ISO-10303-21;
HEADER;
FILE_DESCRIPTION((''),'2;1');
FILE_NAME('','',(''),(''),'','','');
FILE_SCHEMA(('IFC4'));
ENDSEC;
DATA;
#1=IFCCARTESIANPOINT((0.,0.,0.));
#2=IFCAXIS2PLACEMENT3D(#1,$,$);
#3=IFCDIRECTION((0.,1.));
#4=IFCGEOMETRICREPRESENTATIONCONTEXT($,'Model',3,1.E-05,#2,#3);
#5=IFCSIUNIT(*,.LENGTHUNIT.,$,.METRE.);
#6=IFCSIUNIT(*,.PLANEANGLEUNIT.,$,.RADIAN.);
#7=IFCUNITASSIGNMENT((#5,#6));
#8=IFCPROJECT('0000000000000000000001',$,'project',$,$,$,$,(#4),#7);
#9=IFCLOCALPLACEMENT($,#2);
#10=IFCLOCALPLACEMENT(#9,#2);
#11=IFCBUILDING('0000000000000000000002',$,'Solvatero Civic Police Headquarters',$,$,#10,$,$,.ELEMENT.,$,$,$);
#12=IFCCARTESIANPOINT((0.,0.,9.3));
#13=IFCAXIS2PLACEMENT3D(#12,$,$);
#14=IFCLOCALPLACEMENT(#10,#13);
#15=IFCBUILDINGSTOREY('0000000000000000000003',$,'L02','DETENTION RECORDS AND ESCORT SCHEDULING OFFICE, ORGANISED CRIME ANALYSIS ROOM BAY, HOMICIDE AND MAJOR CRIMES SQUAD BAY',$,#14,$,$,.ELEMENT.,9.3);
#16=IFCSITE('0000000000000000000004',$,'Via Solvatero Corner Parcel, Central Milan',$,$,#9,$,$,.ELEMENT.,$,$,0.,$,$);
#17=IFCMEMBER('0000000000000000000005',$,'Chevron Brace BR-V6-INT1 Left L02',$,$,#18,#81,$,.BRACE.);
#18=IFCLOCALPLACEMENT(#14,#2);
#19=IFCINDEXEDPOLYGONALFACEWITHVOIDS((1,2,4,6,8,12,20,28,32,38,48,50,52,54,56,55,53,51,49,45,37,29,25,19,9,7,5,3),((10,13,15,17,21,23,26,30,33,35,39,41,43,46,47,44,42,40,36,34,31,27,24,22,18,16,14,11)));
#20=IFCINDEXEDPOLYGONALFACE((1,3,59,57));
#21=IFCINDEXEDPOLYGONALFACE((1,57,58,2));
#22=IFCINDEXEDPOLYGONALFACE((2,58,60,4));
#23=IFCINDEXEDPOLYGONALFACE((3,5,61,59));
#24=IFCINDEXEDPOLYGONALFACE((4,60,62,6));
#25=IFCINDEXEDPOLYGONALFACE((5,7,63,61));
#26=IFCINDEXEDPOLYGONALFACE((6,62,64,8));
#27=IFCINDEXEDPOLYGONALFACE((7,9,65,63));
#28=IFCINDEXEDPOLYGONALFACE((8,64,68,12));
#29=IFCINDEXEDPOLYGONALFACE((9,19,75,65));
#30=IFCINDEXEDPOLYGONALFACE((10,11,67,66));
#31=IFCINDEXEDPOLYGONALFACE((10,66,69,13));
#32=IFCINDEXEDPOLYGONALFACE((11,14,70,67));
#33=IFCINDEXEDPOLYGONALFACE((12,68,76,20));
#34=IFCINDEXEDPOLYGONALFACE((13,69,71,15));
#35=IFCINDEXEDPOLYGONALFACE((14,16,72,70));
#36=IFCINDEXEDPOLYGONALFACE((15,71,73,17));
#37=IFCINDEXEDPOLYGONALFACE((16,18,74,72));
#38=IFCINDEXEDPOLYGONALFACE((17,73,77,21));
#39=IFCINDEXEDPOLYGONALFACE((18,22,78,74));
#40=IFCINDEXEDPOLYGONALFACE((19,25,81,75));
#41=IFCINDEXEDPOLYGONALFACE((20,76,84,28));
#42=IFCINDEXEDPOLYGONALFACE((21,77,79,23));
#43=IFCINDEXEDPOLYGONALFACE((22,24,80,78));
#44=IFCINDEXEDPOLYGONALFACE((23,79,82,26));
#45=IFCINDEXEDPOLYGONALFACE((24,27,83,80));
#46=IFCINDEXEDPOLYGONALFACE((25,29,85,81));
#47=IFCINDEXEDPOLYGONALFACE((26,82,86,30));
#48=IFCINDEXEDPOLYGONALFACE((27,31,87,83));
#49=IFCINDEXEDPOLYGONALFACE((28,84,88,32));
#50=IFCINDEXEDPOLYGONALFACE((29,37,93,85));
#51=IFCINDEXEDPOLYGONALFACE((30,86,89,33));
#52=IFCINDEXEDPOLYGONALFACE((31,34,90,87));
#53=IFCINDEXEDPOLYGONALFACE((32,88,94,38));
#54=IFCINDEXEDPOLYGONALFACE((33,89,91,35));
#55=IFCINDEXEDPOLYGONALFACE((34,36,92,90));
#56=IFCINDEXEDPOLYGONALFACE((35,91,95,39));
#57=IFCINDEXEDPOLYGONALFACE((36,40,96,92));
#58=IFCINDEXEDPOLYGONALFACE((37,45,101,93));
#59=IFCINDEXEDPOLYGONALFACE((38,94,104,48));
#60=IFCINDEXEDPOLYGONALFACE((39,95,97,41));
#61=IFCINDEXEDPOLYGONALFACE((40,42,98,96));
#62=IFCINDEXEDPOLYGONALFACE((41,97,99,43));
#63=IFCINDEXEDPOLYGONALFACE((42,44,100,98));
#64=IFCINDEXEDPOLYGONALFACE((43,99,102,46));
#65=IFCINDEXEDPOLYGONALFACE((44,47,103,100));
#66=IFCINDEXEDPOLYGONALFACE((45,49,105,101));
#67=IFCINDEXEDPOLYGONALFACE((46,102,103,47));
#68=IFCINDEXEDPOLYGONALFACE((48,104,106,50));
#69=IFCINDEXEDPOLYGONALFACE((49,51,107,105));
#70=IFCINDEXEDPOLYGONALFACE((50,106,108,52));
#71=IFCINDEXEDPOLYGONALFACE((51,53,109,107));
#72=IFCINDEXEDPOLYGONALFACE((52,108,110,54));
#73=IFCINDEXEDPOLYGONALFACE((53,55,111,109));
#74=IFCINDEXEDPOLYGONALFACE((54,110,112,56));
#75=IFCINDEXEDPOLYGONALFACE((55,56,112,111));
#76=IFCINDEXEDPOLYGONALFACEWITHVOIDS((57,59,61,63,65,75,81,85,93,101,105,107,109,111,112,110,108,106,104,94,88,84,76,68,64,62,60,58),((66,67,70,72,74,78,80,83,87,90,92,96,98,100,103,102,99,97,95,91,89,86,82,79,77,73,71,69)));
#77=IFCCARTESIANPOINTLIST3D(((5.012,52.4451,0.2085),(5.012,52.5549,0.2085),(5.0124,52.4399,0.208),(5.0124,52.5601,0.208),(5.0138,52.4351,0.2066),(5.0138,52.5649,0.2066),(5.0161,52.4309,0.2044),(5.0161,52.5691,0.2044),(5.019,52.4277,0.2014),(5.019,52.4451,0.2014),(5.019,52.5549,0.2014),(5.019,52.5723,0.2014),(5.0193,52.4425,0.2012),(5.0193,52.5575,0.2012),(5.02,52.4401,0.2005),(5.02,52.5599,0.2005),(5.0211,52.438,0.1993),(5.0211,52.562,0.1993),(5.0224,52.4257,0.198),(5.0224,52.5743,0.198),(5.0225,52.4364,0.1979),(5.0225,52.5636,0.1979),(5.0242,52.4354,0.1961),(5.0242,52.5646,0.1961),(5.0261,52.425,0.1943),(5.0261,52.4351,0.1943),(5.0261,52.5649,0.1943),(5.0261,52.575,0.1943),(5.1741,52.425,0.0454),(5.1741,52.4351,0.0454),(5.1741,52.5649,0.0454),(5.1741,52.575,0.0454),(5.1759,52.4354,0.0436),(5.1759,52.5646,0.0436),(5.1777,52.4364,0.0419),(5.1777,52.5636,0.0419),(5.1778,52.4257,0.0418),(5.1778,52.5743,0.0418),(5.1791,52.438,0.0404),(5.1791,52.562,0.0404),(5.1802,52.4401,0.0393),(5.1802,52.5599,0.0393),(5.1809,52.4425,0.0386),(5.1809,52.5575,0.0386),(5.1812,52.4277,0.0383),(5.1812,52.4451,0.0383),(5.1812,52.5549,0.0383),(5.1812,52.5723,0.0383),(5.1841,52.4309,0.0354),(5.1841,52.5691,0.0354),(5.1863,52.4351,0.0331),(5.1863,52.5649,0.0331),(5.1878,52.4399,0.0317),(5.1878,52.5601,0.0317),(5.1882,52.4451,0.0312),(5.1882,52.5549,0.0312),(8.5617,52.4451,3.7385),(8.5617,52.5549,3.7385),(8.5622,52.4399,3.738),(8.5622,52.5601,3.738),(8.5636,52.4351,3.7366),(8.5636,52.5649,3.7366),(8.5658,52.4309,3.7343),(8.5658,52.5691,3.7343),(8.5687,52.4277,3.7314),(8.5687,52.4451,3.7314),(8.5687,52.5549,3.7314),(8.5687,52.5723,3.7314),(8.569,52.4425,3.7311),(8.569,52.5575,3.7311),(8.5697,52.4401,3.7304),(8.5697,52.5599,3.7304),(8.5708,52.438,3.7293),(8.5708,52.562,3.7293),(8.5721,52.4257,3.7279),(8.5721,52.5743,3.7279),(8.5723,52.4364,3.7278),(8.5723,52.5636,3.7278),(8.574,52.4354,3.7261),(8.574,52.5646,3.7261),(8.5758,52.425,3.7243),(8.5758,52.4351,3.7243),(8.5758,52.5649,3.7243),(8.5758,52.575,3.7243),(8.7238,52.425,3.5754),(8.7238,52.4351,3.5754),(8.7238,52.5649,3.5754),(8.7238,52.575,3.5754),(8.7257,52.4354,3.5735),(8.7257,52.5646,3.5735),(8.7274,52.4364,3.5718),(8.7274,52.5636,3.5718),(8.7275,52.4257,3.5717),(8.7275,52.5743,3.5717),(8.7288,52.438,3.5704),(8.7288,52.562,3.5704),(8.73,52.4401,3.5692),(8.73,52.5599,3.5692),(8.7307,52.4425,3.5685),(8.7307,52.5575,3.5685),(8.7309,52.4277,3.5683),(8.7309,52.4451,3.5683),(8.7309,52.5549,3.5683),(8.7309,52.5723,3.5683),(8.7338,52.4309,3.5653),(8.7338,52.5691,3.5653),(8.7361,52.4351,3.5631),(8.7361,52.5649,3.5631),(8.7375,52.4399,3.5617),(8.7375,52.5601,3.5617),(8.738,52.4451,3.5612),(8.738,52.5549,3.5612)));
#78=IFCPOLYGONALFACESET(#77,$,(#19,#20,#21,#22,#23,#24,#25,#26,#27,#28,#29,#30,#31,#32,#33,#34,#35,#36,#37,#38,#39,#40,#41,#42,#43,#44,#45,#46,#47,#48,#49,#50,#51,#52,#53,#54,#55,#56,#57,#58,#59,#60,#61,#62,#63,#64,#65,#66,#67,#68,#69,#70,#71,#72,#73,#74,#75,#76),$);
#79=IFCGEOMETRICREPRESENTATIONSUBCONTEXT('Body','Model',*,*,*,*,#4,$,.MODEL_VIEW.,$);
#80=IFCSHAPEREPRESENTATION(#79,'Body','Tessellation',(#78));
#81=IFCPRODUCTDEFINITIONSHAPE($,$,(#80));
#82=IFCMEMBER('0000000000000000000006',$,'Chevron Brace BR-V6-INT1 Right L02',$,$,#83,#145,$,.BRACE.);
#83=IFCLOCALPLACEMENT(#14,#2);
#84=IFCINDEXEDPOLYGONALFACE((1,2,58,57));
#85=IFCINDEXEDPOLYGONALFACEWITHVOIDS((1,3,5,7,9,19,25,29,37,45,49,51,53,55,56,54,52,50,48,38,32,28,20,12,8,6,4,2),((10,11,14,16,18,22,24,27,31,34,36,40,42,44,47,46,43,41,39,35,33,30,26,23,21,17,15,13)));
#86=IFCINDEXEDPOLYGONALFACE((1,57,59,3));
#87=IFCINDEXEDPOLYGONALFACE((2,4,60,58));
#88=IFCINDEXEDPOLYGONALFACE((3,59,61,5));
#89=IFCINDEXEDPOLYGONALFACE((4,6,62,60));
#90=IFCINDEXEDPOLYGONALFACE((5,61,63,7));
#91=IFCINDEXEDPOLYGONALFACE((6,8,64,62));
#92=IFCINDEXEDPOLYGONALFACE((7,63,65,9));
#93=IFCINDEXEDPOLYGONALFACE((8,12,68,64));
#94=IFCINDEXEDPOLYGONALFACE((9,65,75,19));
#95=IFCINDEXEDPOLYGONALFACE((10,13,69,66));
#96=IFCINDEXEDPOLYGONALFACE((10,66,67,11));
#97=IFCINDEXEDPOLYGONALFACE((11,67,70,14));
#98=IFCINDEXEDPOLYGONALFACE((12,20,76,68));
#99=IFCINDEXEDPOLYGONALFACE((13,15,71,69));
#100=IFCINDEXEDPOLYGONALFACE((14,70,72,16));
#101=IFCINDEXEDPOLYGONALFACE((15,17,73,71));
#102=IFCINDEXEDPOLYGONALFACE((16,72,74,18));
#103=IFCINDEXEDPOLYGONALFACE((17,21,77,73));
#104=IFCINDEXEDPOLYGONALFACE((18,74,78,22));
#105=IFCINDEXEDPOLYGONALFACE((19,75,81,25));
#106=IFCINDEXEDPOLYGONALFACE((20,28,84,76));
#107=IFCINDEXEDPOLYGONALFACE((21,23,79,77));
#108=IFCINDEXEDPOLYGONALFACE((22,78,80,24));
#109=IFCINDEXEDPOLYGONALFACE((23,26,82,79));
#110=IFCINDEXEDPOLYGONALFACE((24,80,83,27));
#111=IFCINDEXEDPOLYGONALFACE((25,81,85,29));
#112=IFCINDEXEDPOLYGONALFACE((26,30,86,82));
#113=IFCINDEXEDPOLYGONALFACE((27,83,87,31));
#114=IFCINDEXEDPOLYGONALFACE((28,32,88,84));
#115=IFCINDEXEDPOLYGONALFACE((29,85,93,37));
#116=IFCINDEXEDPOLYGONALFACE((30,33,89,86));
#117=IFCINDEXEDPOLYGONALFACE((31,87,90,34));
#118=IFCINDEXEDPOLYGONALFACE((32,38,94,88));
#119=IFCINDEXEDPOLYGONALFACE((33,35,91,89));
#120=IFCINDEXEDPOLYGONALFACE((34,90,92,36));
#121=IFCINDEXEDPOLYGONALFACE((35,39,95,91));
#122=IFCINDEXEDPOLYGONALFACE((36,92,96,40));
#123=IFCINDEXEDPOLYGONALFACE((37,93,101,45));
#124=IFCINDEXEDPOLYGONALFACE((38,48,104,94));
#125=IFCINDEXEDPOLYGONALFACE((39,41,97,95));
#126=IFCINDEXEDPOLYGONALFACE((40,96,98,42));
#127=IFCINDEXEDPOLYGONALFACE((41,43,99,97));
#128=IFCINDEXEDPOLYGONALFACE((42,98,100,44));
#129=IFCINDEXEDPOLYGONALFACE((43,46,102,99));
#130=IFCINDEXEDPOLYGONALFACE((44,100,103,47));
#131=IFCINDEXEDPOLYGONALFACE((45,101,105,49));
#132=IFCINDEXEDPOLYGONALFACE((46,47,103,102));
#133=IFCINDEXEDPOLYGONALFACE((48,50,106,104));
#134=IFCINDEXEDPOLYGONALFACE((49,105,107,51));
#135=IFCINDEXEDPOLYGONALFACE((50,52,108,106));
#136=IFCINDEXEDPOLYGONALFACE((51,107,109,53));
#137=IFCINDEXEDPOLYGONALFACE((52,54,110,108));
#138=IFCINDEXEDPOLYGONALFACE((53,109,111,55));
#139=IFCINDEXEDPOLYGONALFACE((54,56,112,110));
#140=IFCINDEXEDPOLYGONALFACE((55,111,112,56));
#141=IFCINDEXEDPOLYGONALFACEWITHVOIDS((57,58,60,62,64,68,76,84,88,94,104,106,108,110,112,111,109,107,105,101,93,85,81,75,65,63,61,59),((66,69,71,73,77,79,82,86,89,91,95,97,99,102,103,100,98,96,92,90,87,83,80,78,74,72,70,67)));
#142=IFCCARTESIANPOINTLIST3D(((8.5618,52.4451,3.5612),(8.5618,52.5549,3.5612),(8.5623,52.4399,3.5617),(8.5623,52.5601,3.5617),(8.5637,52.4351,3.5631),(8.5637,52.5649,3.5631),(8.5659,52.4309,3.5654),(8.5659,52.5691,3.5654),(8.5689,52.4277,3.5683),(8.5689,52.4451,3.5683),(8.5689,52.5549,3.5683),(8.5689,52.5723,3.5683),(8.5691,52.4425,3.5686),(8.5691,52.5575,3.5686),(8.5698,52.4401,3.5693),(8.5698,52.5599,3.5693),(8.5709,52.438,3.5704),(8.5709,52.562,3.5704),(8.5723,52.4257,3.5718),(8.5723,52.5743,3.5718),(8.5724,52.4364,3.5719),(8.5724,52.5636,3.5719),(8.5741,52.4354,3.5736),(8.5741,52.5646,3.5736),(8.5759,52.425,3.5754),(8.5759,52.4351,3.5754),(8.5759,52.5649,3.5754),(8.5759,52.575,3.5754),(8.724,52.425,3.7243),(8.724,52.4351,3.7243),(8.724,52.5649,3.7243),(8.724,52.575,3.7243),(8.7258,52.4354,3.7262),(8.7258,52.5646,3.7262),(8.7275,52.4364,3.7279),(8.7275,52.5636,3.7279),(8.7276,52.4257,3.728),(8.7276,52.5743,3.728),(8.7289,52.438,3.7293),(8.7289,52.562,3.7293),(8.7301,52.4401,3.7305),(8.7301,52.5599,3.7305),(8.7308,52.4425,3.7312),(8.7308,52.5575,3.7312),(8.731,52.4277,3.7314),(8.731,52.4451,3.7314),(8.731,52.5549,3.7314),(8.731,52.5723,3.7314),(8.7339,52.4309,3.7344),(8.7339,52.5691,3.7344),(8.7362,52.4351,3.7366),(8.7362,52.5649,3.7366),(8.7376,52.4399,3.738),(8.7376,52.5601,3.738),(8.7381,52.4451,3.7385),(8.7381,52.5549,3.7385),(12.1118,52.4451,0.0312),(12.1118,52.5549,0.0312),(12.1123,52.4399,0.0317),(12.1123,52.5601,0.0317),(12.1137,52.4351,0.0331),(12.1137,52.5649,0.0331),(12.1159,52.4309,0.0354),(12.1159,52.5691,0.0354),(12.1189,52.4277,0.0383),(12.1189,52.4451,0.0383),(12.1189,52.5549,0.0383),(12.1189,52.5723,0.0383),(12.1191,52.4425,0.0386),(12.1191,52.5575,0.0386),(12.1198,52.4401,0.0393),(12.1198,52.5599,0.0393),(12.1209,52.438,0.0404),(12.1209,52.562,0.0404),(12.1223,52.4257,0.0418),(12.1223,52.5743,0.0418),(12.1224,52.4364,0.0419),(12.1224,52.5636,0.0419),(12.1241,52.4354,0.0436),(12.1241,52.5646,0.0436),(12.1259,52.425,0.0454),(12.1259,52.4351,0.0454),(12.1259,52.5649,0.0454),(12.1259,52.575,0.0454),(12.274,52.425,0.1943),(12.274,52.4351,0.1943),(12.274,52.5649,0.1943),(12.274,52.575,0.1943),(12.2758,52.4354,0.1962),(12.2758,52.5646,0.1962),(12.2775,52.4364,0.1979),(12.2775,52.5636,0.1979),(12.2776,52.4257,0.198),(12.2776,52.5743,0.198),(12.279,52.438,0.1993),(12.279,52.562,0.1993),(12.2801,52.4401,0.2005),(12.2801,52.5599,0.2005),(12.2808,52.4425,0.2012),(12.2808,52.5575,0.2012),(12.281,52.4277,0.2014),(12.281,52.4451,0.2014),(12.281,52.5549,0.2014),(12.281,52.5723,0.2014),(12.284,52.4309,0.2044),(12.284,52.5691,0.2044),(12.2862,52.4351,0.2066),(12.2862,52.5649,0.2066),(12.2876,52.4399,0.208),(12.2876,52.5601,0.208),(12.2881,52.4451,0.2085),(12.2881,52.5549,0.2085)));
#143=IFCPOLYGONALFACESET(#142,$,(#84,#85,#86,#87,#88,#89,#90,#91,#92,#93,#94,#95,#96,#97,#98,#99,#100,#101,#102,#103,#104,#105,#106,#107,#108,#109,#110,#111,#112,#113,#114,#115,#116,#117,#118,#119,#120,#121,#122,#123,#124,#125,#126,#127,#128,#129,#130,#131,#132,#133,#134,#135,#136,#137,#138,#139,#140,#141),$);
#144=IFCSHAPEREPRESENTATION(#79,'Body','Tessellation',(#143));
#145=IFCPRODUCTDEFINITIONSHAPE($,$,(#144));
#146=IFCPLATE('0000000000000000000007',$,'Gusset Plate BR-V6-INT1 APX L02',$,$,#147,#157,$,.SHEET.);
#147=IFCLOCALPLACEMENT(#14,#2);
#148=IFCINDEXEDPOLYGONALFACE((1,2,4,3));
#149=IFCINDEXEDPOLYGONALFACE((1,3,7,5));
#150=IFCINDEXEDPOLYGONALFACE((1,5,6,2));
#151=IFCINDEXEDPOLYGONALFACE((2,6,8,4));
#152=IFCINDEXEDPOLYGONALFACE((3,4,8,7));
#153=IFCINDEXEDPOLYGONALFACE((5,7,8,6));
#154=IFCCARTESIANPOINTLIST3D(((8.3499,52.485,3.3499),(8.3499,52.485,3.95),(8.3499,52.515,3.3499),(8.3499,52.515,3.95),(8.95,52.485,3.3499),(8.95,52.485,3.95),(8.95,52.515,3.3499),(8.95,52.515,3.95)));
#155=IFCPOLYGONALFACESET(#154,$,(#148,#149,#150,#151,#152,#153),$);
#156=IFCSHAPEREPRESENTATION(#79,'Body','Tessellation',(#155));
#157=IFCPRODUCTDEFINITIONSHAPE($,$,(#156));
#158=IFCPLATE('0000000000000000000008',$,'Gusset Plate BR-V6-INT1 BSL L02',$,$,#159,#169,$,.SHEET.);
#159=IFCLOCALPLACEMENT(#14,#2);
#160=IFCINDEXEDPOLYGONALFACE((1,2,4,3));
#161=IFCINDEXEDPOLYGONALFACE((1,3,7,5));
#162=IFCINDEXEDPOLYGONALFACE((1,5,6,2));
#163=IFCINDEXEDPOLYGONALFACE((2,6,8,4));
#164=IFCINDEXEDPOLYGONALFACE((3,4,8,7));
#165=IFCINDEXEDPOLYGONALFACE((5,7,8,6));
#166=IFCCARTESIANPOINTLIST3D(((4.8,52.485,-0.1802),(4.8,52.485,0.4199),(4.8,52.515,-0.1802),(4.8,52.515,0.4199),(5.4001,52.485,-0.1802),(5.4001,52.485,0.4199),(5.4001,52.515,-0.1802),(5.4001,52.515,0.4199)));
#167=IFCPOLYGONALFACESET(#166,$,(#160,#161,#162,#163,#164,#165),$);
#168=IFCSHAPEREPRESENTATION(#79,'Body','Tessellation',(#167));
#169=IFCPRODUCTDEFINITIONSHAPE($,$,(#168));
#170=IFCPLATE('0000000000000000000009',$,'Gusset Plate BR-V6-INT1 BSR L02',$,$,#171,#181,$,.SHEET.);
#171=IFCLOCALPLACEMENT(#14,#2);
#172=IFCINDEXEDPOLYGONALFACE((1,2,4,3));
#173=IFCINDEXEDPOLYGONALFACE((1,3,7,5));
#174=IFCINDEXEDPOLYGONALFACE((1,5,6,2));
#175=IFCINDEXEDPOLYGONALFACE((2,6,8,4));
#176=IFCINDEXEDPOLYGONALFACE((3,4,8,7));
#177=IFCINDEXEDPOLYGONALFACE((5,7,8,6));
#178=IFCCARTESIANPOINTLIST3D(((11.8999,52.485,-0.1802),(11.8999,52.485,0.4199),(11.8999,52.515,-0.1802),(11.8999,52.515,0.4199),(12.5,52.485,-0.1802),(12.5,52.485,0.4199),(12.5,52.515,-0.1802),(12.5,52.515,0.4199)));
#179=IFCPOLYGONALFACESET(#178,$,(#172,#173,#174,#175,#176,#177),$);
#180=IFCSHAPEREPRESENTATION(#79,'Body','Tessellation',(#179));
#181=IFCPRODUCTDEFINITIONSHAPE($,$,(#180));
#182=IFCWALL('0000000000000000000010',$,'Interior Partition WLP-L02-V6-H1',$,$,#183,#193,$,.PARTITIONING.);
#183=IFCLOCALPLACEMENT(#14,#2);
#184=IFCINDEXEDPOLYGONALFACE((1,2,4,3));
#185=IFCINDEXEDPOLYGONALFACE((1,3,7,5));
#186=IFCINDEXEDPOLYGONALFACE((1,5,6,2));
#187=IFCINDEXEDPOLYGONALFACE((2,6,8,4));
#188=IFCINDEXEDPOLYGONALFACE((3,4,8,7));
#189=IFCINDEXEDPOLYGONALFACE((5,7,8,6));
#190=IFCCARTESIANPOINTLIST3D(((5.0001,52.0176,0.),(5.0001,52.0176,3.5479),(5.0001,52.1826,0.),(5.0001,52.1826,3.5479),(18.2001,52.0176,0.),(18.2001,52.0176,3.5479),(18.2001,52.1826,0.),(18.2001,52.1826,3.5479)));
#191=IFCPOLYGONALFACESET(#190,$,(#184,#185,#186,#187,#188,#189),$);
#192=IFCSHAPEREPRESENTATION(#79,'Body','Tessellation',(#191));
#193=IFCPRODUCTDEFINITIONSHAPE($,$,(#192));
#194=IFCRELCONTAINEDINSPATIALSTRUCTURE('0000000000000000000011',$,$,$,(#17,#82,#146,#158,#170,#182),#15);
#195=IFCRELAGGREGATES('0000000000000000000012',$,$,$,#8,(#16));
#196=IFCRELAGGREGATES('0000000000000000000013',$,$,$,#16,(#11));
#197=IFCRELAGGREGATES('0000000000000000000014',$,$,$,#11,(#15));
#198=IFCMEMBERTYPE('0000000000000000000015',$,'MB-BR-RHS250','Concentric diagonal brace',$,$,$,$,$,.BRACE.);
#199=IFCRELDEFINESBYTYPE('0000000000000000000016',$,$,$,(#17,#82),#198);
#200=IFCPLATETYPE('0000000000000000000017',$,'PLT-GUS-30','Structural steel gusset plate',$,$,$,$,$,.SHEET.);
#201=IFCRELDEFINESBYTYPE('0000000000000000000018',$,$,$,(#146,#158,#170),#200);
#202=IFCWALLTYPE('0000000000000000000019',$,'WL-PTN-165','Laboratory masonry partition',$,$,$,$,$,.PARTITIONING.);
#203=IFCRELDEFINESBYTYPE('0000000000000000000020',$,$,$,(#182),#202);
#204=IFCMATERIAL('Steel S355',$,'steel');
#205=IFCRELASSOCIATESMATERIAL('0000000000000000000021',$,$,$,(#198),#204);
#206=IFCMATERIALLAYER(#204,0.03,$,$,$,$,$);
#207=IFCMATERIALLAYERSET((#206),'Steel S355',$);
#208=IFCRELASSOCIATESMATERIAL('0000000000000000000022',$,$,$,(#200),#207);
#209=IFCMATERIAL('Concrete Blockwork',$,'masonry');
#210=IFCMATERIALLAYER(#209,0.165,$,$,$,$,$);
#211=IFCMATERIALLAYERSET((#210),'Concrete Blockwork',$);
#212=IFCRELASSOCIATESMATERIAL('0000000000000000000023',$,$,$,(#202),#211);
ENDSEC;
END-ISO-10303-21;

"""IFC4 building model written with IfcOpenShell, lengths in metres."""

from ifc_helpers import new_model, si_unit, direction, frame, frame_2d, origin, origin_2d, place, context, subcontext, project, spatial, rectangle, hollow_rectangle, extrude, material, layer, layer_set, material_profile, profile_set, type_object, element, save


model = new_model("IFC4")

# Units and contexts
model_context = context("Model", 3, precision=1e-05, world=origin(), true_north=direction((0.0, 1.0)))
body_context = subcontext(model_context, "Body", "Model", "MODEL_VIEW")
ifc_project = project(units=[si_unit("LENGTHUNIT", "METRE"), si_unit("PLANEANGLEUNIT", "RADIAN")], contexts=[model_context])

# Site, building, storey
site_placement = place(None, origin())
site = spatial("IfcSite", under=ifc_project, at=site_placement, Name="Via Solvatero Corner Parcel, Central Milan", CompositionType="ELEMENT", RefElevation=0.0)
building_placement = place(site_placement, origin())
building = spatial("IfcBuilding", under=site, at=building_placement, Name="Solvatero Civic Police Headquarters", CompositionType="ELEMENT")
storey_placement = place(building_placement, frame((0.0, 0.0, 9.3)))
storey = spatial("IfcBuildingStorey", under=building, at=storey_placement, Name="L02", Description="DETENTION RECORDS AND ESCORT SCHEDULING OFFICE, ORGANISED CRIME ANALYSIS ROOM BAY, HOMICIDE AND MAJOR CRIMES SQUAD BAY", CompositionType="ELEMENT", Elevation=9.3)

# Shared definitions
ifc_material_1 = material(Name="Steel S355", Category="steel")

# Members
ifc_material_profile_1 = material_profile(ifc_material_1, hollow_rectangle(XDim=0.1499, YDim=0.25, WallThickness=0.01, InnerFilletRadius=0.01, OuterFilletRadius=0.02, at=origin_2d()), Name="RHS 250x150x10.0")
ifc_profile_set_1 = profile_set([ifc_material_profile_1], Name="Steel S355")
member_type = type_object("IfcMemberType", Name="MB-BR-RHS250", Description="Concentric diagonal brace", PredefinedType="BRACE", material=ifc_profile_set_1)
member_1_placement = place(storey_placement, frame((5.1001, 52.5, 0.1199), z_axis=(0.709079, 0.0, 0.705129), x_axis=(0.0, 1.0, 0.0)))
element("IfcMember", 1, at=member_1_placement, inside=storey, type_object=member_type, Name="Chevron Brace BR-V6-INT1 Left L02", PredefinedType="BRACE", context=body_context, shape_type="SweptSolid", body=[
    extrude(hollow_rectangle(XDim=0.1499, YDim=0.25, WallThickness=0.01, InnerFilletRadius=0.01, OuterFilletRadius=0.02, at=origin_2d()), origin(), (0.0, 0.0, 1.0), 5.0061),
])
member_2_placement = place(storey_placement, frame((12.2, 52.5, 0.1199), z_axis=(-0.709103, 0.0, 0.705105), x_axis=(0.0, -1.0, 0.0)))
element("IfcMember", 2, at=member_2_placement, inside=storey, type_object=member_type, Name="Chevron Brace BR-V6-INT1 Right L02", PredefinedType="BRACE", context=body_context, shape_type="SweptSolid", body=[
    extrude(hollow_rectangle(XDim=0.1499, YDim=0.25, WallThickness=0.01, InnerFilletRadius=0.01, OuterFilletRadius=0.02, at=origin_2d()), origin(), (0.0, 0.0, 1.0), 5.0063),
])

# Plates
ifc_layer_1 = layer(ifc_material_1, 0.03)
ifc_layer_set_1 = layer_set([ifc_layer_1], Name="Steel S355")
plate_type = type_object("IfcPlateType", Name="PLT-GUS-30", Description="Structural steel gusset plate", PredefinedType="SHEET", material=ifc_layer_set_1)
for number, where, z_axis, x_axis, name in (
    (3, (8.6499, 52.5, 3.3499), (0.0, 0.0, 1.0), (1.0, 0.0, 0.0), "Gusset Plate BR-V6-INT1 APX L02"),
    (4, (5.1001, 52.5, -0.1802), (0.0, 0.0, 1.0), (1.0, 0.0, 0.0), "Gusset Plate BR-V6-INT1 BSL L02"),
    (5, (12.2, 52.5, -0.1802), (0.0, 0.0, 1.0), (1.0, 0.0, 0.0), "Gusset Plate BR-V6-INT1 BSR L02"),
):
    element("IfcPlate", number, at=place(storey_placement, frame(where, z_axis=z_axis, x_axis=x_axis)), inside=storey, type_object=plate_type, Name=name, PredefinedType="SHEET", context=body_context, shape_type="SweptSolid", body=[
        extrude(rectangle(XDim=0.6001, YDim=0.03, at=origin_2d()), origin(), (0.0, 0.0, 1.0), 0.6001),
    ])

# Wall
ifc_material_2 = material(Name="Concrete Blockwork", Category="masonry")
ifc_layer_2 = layer(ifc_material_2, 0.165)
ifc_layer_set_2 = layer_set([ifc_layer_2], Name="Concrete Blockwork")
wall_type = type_object("IfcWallType", Name="WL-PTN-165", Description="Laboratory masonry partition", PredefinedType="PARTITIONING", material=ifc_layer_set_2)
wall_placement = place(storey_placement, frame((5.0, 52.1001, 0.0), z_axis=(0.0, 0.0, 1.0), x_axis=(1.0, 0.0, 0.0)))
element("IfcWall", 6, at=wall_placement, inside=storey, type_object=wall_type, Name="Interior Partition WLP-L02-V6-H1", PredefinedType="PARTITIONING", context=body_context, shape_type="SweptSolid", body=[
    extrude(rectangle(XDim=13.2, YDim=0.165, at=frame_2d((6.6001, 0.0))), origin(), (0.0, 0.0, 1.0), 3.5479),
])

save(model, "model.ifc")
